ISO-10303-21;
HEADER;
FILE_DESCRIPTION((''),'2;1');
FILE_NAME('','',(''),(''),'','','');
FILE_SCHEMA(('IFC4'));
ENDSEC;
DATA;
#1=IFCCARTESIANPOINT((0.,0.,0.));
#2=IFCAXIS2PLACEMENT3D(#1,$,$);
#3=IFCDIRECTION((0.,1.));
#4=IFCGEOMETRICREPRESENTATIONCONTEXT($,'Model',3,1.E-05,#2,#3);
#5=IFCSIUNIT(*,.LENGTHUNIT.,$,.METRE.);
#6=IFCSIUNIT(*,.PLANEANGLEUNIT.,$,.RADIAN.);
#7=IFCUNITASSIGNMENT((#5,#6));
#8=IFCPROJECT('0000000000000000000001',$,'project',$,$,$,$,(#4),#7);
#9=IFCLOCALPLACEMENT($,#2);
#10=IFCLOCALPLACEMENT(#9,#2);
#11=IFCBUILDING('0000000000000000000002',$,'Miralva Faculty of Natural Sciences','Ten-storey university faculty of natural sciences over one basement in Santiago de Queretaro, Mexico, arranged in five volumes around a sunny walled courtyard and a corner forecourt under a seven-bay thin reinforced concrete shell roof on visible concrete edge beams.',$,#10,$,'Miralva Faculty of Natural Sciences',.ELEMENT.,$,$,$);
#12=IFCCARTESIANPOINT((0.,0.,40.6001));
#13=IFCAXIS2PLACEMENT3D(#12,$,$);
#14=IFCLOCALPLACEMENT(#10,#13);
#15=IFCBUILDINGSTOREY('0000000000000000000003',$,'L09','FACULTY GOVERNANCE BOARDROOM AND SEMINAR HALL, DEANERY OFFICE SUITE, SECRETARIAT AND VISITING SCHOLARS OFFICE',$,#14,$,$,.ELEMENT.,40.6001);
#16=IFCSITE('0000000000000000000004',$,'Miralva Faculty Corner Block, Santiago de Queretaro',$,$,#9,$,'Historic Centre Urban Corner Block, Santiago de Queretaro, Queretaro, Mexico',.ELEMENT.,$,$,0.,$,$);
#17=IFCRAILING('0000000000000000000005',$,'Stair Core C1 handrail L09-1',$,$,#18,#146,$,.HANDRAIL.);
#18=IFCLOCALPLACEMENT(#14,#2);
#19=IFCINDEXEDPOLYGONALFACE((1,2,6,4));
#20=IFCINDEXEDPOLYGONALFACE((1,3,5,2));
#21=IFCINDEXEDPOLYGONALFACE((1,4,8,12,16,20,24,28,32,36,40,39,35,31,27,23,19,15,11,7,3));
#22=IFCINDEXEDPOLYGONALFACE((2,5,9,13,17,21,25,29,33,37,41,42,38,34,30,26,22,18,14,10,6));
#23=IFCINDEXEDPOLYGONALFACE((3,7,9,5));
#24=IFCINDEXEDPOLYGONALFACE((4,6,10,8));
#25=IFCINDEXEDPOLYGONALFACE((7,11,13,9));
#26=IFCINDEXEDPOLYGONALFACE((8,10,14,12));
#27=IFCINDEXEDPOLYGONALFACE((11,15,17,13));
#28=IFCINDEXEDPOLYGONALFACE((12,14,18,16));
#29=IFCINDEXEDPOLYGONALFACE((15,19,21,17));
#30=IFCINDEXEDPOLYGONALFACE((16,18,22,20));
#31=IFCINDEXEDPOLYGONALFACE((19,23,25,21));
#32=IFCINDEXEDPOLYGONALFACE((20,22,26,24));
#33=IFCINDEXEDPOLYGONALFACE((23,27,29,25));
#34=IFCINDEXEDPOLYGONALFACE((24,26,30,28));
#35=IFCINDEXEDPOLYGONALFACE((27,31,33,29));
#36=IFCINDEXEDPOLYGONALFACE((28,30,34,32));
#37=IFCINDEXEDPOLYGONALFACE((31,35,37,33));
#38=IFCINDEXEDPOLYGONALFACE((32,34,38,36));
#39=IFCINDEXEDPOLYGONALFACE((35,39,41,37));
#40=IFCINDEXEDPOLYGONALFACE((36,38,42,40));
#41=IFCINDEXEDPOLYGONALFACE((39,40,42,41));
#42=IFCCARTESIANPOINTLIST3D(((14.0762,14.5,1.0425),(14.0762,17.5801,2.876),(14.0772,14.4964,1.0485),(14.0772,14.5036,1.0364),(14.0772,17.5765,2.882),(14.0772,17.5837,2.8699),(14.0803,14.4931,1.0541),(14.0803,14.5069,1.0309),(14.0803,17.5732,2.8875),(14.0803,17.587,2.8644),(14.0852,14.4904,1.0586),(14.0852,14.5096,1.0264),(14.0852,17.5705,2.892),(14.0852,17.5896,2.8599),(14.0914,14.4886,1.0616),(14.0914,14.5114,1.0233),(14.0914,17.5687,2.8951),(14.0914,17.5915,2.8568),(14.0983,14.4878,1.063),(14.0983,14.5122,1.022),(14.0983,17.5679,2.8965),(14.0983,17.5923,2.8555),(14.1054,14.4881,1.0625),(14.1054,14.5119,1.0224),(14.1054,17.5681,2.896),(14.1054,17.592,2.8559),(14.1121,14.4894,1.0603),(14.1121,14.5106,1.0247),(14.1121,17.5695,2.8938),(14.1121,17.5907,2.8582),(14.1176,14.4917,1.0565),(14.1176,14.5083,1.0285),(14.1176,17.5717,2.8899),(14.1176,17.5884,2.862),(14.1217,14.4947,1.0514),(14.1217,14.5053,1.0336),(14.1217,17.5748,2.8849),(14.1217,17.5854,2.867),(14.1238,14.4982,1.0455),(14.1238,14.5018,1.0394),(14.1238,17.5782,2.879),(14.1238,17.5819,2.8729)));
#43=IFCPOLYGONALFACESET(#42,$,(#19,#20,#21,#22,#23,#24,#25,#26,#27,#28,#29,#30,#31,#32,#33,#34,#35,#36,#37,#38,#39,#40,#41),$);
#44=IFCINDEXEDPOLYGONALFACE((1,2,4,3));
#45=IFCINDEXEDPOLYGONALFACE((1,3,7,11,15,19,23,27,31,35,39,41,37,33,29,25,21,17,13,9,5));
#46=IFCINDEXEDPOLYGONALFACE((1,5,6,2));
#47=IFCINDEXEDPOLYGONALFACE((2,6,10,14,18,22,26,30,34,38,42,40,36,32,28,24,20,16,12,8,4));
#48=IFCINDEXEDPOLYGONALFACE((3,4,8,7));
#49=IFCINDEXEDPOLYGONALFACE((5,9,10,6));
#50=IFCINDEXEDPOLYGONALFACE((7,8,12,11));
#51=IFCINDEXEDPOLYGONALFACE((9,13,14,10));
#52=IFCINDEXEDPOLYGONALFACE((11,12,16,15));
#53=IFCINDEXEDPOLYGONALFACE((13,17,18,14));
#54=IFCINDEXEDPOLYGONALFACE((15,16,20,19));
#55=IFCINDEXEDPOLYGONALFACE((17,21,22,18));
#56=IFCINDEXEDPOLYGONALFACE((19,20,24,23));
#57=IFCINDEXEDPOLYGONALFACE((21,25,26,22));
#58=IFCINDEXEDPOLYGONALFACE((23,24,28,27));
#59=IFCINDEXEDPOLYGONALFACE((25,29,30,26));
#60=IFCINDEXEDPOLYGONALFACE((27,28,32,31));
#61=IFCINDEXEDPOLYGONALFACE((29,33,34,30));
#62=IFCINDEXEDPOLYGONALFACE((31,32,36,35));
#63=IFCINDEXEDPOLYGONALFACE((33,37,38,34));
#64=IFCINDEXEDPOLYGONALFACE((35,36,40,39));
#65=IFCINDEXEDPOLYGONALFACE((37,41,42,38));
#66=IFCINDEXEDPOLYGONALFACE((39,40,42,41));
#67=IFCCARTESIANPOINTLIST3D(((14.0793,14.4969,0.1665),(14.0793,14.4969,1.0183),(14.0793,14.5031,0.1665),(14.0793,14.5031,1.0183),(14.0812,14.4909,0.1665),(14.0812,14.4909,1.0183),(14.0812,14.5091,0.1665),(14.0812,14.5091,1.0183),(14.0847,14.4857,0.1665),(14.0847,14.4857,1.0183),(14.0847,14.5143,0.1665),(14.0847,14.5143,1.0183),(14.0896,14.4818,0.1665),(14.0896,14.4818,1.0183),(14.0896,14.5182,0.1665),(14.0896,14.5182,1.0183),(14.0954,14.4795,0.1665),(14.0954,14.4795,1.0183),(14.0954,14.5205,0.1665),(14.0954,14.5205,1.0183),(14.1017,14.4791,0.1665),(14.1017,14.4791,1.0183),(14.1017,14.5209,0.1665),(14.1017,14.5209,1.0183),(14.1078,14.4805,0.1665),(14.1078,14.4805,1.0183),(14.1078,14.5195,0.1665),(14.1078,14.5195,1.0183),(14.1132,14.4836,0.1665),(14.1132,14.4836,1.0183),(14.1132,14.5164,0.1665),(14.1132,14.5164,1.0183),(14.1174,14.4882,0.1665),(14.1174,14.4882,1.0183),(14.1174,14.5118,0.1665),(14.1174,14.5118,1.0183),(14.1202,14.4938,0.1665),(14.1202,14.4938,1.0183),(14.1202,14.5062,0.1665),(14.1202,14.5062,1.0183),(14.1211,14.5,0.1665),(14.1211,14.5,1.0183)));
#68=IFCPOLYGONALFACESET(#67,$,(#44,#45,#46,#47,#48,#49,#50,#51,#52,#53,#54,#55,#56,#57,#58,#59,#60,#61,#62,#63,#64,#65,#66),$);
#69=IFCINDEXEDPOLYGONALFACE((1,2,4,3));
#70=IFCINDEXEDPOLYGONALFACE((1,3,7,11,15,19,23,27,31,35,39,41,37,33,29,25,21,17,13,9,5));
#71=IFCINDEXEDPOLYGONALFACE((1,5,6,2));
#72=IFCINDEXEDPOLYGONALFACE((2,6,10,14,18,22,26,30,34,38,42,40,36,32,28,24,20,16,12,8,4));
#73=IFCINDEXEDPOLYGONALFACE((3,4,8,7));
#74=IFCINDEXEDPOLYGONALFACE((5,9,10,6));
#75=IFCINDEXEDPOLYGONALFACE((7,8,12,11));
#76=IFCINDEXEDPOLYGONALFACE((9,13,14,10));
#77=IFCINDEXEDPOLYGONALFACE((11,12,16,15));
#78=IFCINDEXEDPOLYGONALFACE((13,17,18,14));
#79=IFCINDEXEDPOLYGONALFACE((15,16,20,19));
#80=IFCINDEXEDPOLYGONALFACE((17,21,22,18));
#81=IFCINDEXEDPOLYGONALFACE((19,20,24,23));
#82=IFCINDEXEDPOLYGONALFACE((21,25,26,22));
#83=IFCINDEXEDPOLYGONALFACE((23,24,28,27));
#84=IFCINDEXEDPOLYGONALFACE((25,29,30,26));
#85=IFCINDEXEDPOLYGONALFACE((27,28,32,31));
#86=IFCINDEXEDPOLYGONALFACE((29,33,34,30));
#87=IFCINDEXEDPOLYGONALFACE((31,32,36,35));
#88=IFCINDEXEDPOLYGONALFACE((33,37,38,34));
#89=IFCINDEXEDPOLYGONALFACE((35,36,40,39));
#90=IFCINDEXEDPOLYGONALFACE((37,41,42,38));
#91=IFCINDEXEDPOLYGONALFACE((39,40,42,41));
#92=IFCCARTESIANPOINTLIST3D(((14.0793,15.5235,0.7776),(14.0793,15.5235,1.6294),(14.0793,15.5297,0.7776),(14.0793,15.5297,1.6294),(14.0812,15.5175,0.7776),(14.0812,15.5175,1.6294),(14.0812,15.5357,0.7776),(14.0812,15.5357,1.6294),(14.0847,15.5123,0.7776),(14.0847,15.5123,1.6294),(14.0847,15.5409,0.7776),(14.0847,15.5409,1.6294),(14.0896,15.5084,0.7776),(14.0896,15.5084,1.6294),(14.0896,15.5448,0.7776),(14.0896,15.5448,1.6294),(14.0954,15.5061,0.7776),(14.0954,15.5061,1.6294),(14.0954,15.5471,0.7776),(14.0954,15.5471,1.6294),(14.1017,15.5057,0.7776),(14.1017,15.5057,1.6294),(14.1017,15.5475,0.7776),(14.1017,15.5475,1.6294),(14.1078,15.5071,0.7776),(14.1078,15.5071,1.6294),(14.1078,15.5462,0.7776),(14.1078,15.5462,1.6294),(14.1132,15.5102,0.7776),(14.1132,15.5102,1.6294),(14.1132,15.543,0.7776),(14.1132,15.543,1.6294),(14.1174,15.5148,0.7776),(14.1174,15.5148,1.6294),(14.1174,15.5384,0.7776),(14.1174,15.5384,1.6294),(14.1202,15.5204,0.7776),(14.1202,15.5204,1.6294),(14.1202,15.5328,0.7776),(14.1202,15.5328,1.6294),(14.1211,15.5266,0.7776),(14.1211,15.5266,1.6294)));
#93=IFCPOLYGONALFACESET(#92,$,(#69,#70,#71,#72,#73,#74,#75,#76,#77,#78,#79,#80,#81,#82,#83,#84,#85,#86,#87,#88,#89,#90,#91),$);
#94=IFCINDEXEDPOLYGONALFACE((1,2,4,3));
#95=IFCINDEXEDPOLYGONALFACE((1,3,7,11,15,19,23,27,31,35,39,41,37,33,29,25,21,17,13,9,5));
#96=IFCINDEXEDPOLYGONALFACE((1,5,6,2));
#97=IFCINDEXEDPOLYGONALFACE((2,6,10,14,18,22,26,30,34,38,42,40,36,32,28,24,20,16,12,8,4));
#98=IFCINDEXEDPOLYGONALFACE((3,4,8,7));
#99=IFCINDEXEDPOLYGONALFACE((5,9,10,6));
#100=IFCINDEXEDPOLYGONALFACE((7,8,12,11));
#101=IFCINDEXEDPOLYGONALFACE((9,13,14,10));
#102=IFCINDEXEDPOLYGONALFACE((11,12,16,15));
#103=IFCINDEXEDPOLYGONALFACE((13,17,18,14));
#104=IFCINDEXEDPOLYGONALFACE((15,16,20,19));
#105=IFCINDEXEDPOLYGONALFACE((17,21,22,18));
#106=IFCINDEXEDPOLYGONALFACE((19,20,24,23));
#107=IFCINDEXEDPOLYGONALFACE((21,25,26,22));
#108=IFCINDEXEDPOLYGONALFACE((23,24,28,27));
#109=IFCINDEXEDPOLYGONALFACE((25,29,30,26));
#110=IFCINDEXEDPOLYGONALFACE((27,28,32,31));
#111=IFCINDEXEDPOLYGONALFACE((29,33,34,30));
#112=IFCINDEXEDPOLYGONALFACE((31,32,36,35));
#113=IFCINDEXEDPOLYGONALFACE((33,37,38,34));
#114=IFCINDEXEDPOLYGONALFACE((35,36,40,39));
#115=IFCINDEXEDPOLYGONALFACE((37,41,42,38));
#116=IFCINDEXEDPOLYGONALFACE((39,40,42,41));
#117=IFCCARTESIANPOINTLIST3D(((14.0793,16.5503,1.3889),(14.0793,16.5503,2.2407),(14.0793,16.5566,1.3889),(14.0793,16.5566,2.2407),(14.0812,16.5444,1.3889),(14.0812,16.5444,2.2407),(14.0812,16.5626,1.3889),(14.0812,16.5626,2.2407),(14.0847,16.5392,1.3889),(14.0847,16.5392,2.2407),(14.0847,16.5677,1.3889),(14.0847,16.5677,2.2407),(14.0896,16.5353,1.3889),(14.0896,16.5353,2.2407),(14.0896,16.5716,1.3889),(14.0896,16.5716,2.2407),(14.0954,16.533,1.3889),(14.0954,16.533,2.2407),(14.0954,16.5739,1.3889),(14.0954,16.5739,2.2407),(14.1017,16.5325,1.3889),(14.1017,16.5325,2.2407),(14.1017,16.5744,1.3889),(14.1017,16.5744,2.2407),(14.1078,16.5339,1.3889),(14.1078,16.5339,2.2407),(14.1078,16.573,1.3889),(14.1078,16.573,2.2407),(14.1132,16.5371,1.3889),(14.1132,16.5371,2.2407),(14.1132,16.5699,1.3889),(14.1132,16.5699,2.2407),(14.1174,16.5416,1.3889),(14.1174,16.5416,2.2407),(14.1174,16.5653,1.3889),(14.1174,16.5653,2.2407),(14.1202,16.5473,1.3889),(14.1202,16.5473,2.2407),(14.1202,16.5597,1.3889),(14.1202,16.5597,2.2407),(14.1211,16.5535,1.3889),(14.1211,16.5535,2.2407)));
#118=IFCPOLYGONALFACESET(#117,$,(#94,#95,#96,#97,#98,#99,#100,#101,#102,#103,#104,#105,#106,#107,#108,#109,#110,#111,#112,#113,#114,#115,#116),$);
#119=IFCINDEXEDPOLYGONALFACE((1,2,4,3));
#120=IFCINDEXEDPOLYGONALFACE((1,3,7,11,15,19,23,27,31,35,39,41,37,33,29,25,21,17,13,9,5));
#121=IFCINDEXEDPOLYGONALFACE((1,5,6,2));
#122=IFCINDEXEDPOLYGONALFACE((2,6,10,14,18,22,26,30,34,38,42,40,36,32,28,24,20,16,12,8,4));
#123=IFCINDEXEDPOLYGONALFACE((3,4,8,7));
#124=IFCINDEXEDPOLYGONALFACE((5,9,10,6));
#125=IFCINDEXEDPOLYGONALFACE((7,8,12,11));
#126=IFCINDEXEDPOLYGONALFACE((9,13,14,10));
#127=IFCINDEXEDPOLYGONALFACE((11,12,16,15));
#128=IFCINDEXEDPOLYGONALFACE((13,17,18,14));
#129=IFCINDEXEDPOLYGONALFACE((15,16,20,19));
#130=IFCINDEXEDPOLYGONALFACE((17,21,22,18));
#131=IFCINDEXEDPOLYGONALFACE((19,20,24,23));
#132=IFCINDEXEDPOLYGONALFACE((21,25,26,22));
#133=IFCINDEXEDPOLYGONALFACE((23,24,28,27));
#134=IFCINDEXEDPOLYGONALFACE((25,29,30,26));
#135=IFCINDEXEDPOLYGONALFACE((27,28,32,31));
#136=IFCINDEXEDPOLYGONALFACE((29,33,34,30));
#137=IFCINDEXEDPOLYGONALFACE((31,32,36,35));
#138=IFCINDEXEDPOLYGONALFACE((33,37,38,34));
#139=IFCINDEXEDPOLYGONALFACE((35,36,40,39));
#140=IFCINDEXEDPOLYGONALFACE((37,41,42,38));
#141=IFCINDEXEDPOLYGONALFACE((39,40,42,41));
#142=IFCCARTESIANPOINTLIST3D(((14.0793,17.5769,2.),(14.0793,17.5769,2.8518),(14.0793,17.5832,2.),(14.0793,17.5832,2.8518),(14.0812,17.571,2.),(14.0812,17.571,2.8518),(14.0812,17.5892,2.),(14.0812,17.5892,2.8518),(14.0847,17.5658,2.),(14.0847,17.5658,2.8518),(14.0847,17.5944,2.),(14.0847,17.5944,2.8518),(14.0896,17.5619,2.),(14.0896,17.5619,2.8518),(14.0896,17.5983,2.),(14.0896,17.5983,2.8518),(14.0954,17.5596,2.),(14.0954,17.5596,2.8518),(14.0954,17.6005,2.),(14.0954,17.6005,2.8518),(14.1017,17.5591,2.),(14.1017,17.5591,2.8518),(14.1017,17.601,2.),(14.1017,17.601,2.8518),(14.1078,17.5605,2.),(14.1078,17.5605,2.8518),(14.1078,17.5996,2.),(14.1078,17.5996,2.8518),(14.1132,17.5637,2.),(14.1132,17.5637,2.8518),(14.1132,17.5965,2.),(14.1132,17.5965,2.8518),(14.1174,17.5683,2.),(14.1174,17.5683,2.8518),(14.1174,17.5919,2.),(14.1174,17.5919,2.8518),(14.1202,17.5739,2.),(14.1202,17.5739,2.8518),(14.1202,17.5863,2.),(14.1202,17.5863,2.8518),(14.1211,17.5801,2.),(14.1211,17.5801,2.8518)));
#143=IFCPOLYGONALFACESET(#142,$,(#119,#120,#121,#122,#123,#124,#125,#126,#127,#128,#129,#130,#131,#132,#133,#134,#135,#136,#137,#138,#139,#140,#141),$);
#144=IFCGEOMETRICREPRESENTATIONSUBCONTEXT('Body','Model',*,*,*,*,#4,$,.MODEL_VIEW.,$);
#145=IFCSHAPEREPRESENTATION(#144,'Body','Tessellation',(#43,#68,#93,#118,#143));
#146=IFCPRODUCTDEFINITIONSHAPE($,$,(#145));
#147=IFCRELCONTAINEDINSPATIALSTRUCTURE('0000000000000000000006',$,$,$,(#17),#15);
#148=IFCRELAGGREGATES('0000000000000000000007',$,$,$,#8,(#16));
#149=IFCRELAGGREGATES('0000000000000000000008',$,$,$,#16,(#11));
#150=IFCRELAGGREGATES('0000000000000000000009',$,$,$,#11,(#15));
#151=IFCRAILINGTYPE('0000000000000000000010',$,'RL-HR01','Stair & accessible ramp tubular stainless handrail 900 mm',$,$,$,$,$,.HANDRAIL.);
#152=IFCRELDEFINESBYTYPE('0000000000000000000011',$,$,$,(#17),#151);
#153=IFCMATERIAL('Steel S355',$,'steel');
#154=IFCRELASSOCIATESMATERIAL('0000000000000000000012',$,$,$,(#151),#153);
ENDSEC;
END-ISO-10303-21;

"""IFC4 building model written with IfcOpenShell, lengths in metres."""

from ifc_helpers import new_model, si_unit, direction, frame, origin, origin_2d, place, context, subcontext, project, spatial, circle, extrude, material, type_object, element, save


model = new_model("IFC4")

# Units and contexts
model_context = context("Model", 3, precision=1e-05, world=origin(), true_north=direction((0.0, 1.0)))
body_context = subcontext(model_context, "Body", "Model", "MODEL_VIEW")
ifc_project = project(units=[si_unit("LENGTHUNIT", "METRE"), si_unit("PLANEANGLEUNIT", "RADIAN")], contexts=[model_context])

# Site, building, storey
site_placement = place(None, origin())
site = spatial("IfcSite", under=ifc_project, at=site_placement, Name="Miralva Faculty Corner Block, Santiago de Queretaro", LongName="Historic Centre Urban Corner Block, Santiago de Queretaro, Queretaro, Mexico", CompositionType="ELEMENT", RefElevation=0.0)
building_placement = place(site_placement, origin())
building = spatial("IfcBuilding", under=site, at=building_placement, Name="Miralva Faculty of Natural Sciences", Description="Ten-storey university faculty of natural sciences over one basement in Santiago de Queretaro, Mexico, arranged in five volumes around a sunny walled courtyard and a corner forecourt under a seven-bay thin reinforced concrete shell roof on visible concrete edge beams.", LongName="Miralva Faculty of Natural Sciences", CompositionType="ELEMENT")
storey_placement = place(building_placement, frame((0.0, 0.0, 40.6001)))
storey = spatial("IfcBuildingStorey", under=building, at=storey_placement, Name="L09", Description="FACULTY GOVERNANCE BOARDROOM AND SEMINAR HALL, DEANERY OFFICE SUITE, SECRETARIAT AND VISITING SCHOLARS OFFICE", CompositionType="ELEMENT", Elevation=40.6001)

# Shared definitions
ifc_material_1 = material(Name="Steel S355", Category="steel")

# Railing
railing_type_1 = type_object("IfcRailingType", Name="RL-HR01", Description="Stair & accessible ramp tubular stainless handrail 900 mm", PredefinedType="HANDRAIL", material=ifc_material_1)
railing_1_placement = place(storey_placement, frame((14.1001, 14.5, 0.1665)))
element("IfcRailing", 1, at=railing_1_placement, inside=storey, type_object=railing_type_1, Name="Stair Core C1 handrail L09-1", PredefinedType="HANDRAIL", context=body_context, shape_type="SweptSolid", body=[
    extrude(circle(Radius=0.0239, at=origin_2d()), frame((0.0, 0.0, 0.876), z_axis=(0.0, 0.859279, 0.511508), x_axis=(-1.0, 0.0, 0.0)), (0.0, 0.0, 1.0), 3.5845),
    extrude(circle(Radius=0.021, at=origin_2d()), origin(), (0.0, 0.0, 1.0), 0.8518),
    extrude(circle(Radius=0.021, at=origin_2d()), frame((0.0, 1.0266, 0.6111)), (0.0, 0.0, 1.0), 0.8518),
    extrude(circle(Radius=0.021, at=origin_2d()), frame((0.0, 2.0535, 1.2224)), (0.0, 0.0, 1.0), 0.8518),
    extrude(circle(Radius=0.021, at=origin_2d()), frame((0.0, 3.0801, 1.8335)), (0.0, 0.0, 1.0), 0.8518),
])

save(model, "model.ifc")
